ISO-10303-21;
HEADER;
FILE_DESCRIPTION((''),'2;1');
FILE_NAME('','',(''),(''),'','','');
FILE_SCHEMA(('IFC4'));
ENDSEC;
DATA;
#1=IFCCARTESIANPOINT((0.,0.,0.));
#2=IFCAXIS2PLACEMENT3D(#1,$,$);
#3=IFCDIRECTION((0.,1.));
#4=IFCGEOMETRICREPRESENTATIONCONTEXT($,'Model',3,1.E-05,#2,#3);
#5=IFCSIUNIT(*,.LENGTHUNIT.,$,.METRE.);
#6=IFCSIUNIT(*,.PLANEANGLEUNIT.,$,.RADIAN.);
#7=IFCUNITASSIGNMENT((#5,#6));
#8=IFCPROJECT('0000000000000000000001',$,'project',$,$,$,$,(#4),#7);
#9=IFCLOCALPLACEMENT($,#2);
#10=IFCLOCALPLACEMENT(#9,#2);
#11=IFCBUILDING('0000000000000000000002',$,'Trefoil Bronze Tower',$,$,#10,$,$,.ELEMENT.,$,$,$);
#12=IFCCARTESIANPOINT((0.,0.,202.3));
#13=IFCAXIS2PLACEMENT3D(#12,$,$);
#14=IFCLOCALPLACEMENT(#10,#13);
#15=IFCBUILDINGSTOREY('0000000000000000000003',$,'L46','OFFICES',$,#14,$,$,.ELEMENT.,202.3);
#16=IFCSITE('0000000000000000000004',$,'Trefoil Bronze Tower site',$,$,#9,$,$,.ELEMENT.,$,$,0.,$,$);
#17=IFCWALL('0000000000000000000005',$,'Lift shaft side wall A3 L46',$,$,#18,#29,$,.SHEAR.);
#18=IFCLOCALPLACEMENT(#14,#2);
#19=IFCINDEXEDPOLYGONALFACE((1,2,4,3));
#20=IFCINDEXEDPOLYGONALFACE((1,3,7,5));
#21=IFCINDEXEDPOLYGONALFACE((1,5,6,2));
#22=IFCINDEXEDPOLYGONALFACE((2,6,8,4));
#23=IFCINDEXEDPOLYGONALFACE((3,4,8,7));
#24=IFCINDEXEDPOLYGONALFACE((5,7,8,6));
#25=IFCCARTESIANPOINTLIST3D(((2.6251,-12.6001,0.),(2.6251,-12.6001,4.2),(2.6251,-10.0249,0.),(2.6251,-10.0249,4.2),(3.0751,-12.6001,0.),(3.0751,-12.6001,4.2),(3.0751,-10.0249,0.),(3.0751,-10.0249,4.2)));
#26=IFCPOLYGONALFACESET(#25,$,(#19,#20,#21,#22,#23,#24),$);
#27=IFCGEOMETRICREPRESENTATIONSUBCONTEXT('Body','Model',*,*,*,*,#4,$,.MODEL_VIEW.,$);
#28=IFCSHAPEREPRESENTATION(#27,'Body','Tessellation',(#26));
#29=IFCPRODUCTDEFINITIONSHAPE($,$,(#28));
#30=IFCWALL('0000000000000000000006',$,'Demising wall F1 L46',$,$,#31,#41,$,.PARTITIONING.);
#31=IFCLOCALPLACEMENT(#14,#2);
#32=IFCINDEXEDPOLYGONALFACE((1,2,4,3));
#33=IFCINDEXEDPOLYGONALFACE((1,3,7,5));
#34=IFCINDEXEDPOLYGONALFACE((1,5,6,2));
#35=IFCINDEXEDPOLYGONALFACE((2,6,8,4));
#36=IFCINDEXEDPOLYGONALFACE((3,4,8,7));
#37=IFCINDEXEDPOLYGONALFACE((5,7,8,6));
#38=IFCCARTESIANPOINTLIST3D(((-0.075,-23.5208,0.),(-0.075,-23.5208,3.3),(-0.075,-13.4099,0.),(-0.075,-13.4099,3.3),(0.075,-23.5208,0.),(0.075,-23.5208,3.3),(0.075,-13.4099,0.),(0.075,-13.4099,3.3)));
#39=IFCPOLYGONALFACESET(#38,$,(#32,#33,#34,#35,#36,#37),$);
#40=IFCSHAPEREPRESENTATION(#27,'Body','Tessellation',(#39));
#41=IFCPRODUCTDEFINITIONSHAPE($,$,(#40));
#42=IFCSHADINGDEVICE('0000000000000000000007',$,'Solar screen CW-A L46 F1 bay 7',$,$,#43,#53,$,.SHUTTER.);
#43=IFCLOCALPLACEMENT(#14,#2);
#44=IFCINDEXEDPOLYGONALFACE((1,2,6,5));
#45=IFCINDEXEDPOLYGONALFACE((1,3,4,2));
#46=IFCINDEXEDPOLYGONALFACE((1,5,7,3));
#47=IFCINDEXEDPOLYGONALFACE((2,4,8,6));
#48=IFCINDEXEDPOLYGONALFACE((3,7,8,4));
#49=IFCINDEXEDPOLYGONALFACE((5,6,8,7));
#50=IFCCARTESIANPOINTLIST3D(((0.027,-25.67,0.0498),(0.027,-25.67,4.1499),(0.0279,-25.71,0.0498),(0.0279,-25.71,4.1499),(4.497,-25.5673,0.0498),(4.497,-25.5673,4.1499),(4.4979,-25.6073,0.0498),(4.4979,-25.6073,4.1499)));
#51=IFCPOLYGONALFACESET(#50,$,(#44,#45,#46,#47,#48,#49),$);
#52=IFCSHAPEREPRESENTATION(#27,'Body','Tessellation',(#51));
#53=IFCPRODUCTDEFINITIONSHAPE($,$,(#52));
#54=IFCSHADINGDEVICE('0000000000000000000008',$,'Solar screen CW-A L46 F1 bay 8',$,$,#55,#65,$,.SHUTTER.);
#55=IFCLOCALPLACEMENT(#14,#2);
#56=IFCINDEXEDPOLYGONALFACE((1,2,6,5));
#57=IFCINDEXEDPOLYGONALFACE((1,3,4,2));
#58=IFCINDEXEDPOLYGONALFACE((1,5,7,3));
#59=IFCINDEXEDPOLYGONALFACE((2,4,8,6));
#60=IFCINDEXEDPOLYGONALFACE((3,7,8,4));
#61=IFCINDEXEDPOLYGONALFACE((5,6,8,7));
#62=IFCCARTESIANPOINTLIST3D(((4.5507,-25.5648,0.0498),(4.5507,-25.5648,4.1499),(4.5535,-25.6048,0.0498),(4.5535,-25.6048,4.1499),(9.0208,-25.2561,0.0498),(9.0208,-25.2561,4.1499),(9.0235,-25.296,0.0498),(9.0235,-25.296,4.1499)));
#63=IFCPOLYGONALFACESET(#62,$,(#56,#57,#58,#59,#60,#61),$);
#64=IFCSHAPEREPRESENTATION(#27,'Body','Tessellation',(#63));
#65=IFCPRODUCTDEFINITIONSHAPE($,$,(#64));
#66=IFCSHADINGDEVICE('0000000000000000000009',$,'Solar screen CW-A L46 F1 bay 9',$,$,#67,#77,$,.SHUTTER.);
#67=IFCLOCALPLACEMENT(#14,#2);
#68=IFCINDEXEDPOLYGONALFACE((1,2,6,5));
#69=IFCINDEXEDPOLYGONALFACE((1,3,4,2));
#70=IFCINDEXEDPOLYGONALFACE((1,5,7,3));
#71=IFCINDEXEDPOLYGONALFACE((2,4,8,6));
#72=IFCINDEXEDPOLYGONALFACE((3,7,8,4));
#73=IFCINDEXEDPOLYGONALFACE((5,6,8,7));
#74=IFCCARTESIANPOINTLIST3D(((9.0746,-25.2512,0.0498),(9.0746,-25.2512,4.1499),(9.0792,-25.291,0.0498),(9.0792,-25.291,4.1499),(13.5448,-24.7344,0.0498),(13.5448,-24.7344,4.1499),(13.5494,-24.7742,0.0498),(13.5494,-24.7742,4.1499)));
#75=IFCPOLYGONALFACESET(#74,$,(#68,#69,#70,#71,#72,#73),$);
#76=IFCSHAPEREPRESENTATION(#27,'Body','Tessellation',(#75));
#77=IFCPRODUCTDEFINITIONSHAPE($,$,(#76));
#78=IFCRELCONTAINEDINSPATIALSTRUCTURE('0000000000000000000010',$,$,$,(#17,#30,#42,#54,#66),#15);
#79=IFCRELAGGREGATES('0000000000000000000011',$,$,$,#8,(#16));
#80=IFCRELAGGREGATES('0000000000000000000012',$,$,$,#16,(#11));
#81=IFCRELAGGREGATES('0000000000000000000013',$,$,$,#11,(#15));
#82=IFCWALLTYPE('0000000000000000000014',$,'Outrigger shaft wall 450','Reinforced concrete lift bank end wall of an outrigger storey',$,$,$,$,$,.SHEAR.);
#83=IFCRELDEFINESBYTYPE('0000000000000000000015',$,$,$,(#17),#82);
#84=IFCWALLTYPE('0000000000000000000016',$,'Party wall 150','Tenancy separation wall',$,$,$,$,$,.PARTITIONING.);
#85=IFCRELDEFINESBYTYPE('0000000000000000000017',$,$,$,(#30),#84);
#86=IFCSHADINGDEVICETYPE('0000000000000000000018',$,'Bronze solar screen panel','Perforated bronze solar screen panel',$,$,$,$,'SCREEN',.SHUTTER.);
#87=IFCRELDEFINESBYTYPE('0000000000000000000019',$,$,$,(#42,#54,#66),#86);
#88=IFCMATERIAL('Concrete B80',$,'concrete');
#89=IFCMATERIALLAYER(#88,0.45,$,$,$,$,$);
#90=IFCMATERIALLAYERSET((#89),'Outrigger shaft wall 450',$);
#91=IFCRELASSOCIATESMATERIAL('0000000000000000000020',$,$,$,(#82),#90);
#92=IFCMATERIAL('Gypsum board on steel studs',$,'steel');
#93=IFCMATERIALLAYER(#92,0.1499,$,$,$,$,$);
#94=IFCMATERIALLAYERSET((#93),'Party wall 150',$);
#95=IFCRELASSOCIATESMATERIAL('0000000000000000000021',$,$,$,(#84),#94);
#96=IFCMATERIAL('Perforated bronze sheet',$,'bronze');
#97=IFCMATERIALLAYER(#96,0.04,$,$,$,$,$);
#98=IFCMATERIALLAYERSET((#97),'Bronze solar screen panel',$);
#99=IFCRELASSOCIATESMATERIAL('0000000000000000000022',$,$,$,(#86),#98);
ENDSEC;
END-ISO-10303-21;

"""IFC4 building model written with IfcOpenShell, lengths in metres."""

from ifc_helpers import new_model, si_unit, direction, frame, frame_2d, origin, origin_2d, place, context, subcontext, project, spatial, rectangle, extrude, material, layer, layer_set, type_object, element, save


model = new_model("IFC4")

# Units and contexts
model_context = context("Model", 3, precision=1e-05, world=origin(), true_north=direction((0.0, 1.0)))
body_context = subcontext(model_context, "Body", "Model", "MODEL_VIEW")
ifc_project = project(units=[si_unit("LENGTHUNIT", "METRE"), si_unit("PLANEANGLEUNIT", "RADIAN")], contexts=[model_context])

# Site, building, storey
site_placement = place(None, origin())
site = spatial("IfcSite", under=ifc_project, at=site_placement, Name="Trefoil Bronze Tower site", CompositionType="ELEMENT", RefElevation=0.0)
building_placement = place(site_placement, origin())
building = spatial("IfcBuilding", under=site, at=building_placement, Name="Trefoil Bronze Tower", CompositionType="ELEMENT")
storey_placement = place(building_placement, frame((0.0, 0.0, 202.3)))
storey = spatial("IfcBuildingStorey", under=building, at=storey_placement, Name="L46", Description="OFFICES", CompositionType="ELEMENT", Elevation=202.3)

# Walls
ifc_material_1 = material(Name="Concrete B80", Category="concrete")
ifc_layer_1 = layer(ifc_material_1, 0.45)
ifc_layer_set_1 = layer_set([ifc_layer_1], Name="Outrigger shaft wall 450")
wall_type_1 = type_object("IfcWallType", Name="Outrigger shaft wall 450", Description="Reinforced concrete lift bank end wall of an outrigger storey", PredefinedType="SHEAR", material=ifc_layer_set_1)
wall_1_placement = place(storey_placement, frame((2.8501, -10.0249, 0.0), z_axis=(0.0, 0.0, 1.0), x_axis=(0.0, -1.0, 0.0)))
element("IfcWall", 1, at=wall_1_placement, inside=storey, type_object=wall_type_1, Name="Lift shaft side wall A3 L46", PredefinedType="SHEAR", context=body_context, shape_type="SweptSolid", body=[
    extrude(rectangle(XDim=2.5752, YDim=0.45, at=frame_2d((1.2876, 0.0))), origin(), (0.0, 0.0, 1.0), 4.2),
])
ifc_material_2 = material(Name="Gypsum board on steel studs", Category="steel")
ifc_layer_2 = layer(ifc_material_2, 0.1499)
ifc_layer_set_2 = layer_set([ifc_layer_2], Name="Party wall 150")
wall_type_2 = type_object("IfcWallType", Name="Party wall 150", Description="Tenancy separation wall", PredefinedType="PARTITIONING", material=ifc_layer_set_2)
wall_2_placement = place(storey_placement, frame((0.0, -13.4099, 0.0), z_axis=(0.0, 0.0, 1.0), x_axis=(0.0, -1.0, 0.0)))
element("IfcWall", 2, at=wall_2_placement, inside=storey, type_object=wall_type_2, Name="Demising wall F1 L46", PredefinedType="PARTITIONING", context=body_context, shape_type="SweptSolid", body=[
    extrude(rectangle(XDim=10.1108, YDim=0.1499, at=frame_2d((5.0554, 0.0))), origin(), (0.0, 0.0, 1.0), 3.3),
])

# Shading devices
ifc_material_3 = material(Name="Perforated bronze sheet", Category="bronze")
ifc_layer_3 = layer(ifc_material_3, 0.04)
ifc_layer_set_3 = layer_set([ifc_layer_3], Name="Bronze solar screen panel")
shading_device_type = type_object("IfcShadingDeviceType", Name="Bronze solar screen panel", Description="Perforated bronze solar screen panel", ElementType="SCREEN", PredefinedType="SHUTTER", material=ifc_layer_set_3)
shading_device_1_placement = place(storey_placement, frame((2.2625, -25.6387, 0.0498), z_axis=(0.0, 0.0, 1.0), x_axis=(0.999736, 0.022972, 0.0)))
element("IfcShadingDevice", 3, at=shading_device_1_placement, inside=storey, type_object=shading_device_type, Name="Solar screen CW-A L46 F1 bay 7", PredefinedType="SHUTTER", context=body_context, shape_type="SweptSolid", body=[
    extrude(rectangle(XDim=4.4712, YDim=0.04, at=origin_2d()), origin(), (0.0, 0.0, 1.0), 4.1001),
])
shading_device_2_placement = place(storey_placement, frame((6.7871, -25.4304, 0.0498), z_axis=(0.0, 0.0, 1.0), x_axis=(0.997623, 0.068915, 0.0)))
element("IfcShadingDevice", 4, at=shading_device_2_placement, inside=storey, type_object=shading_device_type, Name="Solar screen CW-A L46 F1 bay 8", PredefinedType="SHUTTER", context=body_context, shape_type="SweptSolid", body=[
    extrude(rectangle(XDim=4.4807, YDim=0.04, at=origin_2d()), origin(), (0.0, 0.0, 1.0), 4.1001),
])
shading_device_3_placement = place(storey_placement, frame((11.312, -25.0127, 0.0498), z_axis=(0.0, 0.0, 1.0), x_axis=(0.993382, 0.114859, 0.0)))
element("IfcShadingDevice", 5, at=shading_device_3_placement, inside=storey, type_object=shading_device_type, Name="Solar screen CW-A L46 F1 bay 9", PredefinedType="SHUTTER", context=body_context, shape_type="SweptSolid", body=[
    extrude(rectangle(XDim=4.5, YDim=0.04, at=origin_2d()), origin(), (0.0, 0.0, 1.0), 4.1001),
])

save(model, "model.ifc")
